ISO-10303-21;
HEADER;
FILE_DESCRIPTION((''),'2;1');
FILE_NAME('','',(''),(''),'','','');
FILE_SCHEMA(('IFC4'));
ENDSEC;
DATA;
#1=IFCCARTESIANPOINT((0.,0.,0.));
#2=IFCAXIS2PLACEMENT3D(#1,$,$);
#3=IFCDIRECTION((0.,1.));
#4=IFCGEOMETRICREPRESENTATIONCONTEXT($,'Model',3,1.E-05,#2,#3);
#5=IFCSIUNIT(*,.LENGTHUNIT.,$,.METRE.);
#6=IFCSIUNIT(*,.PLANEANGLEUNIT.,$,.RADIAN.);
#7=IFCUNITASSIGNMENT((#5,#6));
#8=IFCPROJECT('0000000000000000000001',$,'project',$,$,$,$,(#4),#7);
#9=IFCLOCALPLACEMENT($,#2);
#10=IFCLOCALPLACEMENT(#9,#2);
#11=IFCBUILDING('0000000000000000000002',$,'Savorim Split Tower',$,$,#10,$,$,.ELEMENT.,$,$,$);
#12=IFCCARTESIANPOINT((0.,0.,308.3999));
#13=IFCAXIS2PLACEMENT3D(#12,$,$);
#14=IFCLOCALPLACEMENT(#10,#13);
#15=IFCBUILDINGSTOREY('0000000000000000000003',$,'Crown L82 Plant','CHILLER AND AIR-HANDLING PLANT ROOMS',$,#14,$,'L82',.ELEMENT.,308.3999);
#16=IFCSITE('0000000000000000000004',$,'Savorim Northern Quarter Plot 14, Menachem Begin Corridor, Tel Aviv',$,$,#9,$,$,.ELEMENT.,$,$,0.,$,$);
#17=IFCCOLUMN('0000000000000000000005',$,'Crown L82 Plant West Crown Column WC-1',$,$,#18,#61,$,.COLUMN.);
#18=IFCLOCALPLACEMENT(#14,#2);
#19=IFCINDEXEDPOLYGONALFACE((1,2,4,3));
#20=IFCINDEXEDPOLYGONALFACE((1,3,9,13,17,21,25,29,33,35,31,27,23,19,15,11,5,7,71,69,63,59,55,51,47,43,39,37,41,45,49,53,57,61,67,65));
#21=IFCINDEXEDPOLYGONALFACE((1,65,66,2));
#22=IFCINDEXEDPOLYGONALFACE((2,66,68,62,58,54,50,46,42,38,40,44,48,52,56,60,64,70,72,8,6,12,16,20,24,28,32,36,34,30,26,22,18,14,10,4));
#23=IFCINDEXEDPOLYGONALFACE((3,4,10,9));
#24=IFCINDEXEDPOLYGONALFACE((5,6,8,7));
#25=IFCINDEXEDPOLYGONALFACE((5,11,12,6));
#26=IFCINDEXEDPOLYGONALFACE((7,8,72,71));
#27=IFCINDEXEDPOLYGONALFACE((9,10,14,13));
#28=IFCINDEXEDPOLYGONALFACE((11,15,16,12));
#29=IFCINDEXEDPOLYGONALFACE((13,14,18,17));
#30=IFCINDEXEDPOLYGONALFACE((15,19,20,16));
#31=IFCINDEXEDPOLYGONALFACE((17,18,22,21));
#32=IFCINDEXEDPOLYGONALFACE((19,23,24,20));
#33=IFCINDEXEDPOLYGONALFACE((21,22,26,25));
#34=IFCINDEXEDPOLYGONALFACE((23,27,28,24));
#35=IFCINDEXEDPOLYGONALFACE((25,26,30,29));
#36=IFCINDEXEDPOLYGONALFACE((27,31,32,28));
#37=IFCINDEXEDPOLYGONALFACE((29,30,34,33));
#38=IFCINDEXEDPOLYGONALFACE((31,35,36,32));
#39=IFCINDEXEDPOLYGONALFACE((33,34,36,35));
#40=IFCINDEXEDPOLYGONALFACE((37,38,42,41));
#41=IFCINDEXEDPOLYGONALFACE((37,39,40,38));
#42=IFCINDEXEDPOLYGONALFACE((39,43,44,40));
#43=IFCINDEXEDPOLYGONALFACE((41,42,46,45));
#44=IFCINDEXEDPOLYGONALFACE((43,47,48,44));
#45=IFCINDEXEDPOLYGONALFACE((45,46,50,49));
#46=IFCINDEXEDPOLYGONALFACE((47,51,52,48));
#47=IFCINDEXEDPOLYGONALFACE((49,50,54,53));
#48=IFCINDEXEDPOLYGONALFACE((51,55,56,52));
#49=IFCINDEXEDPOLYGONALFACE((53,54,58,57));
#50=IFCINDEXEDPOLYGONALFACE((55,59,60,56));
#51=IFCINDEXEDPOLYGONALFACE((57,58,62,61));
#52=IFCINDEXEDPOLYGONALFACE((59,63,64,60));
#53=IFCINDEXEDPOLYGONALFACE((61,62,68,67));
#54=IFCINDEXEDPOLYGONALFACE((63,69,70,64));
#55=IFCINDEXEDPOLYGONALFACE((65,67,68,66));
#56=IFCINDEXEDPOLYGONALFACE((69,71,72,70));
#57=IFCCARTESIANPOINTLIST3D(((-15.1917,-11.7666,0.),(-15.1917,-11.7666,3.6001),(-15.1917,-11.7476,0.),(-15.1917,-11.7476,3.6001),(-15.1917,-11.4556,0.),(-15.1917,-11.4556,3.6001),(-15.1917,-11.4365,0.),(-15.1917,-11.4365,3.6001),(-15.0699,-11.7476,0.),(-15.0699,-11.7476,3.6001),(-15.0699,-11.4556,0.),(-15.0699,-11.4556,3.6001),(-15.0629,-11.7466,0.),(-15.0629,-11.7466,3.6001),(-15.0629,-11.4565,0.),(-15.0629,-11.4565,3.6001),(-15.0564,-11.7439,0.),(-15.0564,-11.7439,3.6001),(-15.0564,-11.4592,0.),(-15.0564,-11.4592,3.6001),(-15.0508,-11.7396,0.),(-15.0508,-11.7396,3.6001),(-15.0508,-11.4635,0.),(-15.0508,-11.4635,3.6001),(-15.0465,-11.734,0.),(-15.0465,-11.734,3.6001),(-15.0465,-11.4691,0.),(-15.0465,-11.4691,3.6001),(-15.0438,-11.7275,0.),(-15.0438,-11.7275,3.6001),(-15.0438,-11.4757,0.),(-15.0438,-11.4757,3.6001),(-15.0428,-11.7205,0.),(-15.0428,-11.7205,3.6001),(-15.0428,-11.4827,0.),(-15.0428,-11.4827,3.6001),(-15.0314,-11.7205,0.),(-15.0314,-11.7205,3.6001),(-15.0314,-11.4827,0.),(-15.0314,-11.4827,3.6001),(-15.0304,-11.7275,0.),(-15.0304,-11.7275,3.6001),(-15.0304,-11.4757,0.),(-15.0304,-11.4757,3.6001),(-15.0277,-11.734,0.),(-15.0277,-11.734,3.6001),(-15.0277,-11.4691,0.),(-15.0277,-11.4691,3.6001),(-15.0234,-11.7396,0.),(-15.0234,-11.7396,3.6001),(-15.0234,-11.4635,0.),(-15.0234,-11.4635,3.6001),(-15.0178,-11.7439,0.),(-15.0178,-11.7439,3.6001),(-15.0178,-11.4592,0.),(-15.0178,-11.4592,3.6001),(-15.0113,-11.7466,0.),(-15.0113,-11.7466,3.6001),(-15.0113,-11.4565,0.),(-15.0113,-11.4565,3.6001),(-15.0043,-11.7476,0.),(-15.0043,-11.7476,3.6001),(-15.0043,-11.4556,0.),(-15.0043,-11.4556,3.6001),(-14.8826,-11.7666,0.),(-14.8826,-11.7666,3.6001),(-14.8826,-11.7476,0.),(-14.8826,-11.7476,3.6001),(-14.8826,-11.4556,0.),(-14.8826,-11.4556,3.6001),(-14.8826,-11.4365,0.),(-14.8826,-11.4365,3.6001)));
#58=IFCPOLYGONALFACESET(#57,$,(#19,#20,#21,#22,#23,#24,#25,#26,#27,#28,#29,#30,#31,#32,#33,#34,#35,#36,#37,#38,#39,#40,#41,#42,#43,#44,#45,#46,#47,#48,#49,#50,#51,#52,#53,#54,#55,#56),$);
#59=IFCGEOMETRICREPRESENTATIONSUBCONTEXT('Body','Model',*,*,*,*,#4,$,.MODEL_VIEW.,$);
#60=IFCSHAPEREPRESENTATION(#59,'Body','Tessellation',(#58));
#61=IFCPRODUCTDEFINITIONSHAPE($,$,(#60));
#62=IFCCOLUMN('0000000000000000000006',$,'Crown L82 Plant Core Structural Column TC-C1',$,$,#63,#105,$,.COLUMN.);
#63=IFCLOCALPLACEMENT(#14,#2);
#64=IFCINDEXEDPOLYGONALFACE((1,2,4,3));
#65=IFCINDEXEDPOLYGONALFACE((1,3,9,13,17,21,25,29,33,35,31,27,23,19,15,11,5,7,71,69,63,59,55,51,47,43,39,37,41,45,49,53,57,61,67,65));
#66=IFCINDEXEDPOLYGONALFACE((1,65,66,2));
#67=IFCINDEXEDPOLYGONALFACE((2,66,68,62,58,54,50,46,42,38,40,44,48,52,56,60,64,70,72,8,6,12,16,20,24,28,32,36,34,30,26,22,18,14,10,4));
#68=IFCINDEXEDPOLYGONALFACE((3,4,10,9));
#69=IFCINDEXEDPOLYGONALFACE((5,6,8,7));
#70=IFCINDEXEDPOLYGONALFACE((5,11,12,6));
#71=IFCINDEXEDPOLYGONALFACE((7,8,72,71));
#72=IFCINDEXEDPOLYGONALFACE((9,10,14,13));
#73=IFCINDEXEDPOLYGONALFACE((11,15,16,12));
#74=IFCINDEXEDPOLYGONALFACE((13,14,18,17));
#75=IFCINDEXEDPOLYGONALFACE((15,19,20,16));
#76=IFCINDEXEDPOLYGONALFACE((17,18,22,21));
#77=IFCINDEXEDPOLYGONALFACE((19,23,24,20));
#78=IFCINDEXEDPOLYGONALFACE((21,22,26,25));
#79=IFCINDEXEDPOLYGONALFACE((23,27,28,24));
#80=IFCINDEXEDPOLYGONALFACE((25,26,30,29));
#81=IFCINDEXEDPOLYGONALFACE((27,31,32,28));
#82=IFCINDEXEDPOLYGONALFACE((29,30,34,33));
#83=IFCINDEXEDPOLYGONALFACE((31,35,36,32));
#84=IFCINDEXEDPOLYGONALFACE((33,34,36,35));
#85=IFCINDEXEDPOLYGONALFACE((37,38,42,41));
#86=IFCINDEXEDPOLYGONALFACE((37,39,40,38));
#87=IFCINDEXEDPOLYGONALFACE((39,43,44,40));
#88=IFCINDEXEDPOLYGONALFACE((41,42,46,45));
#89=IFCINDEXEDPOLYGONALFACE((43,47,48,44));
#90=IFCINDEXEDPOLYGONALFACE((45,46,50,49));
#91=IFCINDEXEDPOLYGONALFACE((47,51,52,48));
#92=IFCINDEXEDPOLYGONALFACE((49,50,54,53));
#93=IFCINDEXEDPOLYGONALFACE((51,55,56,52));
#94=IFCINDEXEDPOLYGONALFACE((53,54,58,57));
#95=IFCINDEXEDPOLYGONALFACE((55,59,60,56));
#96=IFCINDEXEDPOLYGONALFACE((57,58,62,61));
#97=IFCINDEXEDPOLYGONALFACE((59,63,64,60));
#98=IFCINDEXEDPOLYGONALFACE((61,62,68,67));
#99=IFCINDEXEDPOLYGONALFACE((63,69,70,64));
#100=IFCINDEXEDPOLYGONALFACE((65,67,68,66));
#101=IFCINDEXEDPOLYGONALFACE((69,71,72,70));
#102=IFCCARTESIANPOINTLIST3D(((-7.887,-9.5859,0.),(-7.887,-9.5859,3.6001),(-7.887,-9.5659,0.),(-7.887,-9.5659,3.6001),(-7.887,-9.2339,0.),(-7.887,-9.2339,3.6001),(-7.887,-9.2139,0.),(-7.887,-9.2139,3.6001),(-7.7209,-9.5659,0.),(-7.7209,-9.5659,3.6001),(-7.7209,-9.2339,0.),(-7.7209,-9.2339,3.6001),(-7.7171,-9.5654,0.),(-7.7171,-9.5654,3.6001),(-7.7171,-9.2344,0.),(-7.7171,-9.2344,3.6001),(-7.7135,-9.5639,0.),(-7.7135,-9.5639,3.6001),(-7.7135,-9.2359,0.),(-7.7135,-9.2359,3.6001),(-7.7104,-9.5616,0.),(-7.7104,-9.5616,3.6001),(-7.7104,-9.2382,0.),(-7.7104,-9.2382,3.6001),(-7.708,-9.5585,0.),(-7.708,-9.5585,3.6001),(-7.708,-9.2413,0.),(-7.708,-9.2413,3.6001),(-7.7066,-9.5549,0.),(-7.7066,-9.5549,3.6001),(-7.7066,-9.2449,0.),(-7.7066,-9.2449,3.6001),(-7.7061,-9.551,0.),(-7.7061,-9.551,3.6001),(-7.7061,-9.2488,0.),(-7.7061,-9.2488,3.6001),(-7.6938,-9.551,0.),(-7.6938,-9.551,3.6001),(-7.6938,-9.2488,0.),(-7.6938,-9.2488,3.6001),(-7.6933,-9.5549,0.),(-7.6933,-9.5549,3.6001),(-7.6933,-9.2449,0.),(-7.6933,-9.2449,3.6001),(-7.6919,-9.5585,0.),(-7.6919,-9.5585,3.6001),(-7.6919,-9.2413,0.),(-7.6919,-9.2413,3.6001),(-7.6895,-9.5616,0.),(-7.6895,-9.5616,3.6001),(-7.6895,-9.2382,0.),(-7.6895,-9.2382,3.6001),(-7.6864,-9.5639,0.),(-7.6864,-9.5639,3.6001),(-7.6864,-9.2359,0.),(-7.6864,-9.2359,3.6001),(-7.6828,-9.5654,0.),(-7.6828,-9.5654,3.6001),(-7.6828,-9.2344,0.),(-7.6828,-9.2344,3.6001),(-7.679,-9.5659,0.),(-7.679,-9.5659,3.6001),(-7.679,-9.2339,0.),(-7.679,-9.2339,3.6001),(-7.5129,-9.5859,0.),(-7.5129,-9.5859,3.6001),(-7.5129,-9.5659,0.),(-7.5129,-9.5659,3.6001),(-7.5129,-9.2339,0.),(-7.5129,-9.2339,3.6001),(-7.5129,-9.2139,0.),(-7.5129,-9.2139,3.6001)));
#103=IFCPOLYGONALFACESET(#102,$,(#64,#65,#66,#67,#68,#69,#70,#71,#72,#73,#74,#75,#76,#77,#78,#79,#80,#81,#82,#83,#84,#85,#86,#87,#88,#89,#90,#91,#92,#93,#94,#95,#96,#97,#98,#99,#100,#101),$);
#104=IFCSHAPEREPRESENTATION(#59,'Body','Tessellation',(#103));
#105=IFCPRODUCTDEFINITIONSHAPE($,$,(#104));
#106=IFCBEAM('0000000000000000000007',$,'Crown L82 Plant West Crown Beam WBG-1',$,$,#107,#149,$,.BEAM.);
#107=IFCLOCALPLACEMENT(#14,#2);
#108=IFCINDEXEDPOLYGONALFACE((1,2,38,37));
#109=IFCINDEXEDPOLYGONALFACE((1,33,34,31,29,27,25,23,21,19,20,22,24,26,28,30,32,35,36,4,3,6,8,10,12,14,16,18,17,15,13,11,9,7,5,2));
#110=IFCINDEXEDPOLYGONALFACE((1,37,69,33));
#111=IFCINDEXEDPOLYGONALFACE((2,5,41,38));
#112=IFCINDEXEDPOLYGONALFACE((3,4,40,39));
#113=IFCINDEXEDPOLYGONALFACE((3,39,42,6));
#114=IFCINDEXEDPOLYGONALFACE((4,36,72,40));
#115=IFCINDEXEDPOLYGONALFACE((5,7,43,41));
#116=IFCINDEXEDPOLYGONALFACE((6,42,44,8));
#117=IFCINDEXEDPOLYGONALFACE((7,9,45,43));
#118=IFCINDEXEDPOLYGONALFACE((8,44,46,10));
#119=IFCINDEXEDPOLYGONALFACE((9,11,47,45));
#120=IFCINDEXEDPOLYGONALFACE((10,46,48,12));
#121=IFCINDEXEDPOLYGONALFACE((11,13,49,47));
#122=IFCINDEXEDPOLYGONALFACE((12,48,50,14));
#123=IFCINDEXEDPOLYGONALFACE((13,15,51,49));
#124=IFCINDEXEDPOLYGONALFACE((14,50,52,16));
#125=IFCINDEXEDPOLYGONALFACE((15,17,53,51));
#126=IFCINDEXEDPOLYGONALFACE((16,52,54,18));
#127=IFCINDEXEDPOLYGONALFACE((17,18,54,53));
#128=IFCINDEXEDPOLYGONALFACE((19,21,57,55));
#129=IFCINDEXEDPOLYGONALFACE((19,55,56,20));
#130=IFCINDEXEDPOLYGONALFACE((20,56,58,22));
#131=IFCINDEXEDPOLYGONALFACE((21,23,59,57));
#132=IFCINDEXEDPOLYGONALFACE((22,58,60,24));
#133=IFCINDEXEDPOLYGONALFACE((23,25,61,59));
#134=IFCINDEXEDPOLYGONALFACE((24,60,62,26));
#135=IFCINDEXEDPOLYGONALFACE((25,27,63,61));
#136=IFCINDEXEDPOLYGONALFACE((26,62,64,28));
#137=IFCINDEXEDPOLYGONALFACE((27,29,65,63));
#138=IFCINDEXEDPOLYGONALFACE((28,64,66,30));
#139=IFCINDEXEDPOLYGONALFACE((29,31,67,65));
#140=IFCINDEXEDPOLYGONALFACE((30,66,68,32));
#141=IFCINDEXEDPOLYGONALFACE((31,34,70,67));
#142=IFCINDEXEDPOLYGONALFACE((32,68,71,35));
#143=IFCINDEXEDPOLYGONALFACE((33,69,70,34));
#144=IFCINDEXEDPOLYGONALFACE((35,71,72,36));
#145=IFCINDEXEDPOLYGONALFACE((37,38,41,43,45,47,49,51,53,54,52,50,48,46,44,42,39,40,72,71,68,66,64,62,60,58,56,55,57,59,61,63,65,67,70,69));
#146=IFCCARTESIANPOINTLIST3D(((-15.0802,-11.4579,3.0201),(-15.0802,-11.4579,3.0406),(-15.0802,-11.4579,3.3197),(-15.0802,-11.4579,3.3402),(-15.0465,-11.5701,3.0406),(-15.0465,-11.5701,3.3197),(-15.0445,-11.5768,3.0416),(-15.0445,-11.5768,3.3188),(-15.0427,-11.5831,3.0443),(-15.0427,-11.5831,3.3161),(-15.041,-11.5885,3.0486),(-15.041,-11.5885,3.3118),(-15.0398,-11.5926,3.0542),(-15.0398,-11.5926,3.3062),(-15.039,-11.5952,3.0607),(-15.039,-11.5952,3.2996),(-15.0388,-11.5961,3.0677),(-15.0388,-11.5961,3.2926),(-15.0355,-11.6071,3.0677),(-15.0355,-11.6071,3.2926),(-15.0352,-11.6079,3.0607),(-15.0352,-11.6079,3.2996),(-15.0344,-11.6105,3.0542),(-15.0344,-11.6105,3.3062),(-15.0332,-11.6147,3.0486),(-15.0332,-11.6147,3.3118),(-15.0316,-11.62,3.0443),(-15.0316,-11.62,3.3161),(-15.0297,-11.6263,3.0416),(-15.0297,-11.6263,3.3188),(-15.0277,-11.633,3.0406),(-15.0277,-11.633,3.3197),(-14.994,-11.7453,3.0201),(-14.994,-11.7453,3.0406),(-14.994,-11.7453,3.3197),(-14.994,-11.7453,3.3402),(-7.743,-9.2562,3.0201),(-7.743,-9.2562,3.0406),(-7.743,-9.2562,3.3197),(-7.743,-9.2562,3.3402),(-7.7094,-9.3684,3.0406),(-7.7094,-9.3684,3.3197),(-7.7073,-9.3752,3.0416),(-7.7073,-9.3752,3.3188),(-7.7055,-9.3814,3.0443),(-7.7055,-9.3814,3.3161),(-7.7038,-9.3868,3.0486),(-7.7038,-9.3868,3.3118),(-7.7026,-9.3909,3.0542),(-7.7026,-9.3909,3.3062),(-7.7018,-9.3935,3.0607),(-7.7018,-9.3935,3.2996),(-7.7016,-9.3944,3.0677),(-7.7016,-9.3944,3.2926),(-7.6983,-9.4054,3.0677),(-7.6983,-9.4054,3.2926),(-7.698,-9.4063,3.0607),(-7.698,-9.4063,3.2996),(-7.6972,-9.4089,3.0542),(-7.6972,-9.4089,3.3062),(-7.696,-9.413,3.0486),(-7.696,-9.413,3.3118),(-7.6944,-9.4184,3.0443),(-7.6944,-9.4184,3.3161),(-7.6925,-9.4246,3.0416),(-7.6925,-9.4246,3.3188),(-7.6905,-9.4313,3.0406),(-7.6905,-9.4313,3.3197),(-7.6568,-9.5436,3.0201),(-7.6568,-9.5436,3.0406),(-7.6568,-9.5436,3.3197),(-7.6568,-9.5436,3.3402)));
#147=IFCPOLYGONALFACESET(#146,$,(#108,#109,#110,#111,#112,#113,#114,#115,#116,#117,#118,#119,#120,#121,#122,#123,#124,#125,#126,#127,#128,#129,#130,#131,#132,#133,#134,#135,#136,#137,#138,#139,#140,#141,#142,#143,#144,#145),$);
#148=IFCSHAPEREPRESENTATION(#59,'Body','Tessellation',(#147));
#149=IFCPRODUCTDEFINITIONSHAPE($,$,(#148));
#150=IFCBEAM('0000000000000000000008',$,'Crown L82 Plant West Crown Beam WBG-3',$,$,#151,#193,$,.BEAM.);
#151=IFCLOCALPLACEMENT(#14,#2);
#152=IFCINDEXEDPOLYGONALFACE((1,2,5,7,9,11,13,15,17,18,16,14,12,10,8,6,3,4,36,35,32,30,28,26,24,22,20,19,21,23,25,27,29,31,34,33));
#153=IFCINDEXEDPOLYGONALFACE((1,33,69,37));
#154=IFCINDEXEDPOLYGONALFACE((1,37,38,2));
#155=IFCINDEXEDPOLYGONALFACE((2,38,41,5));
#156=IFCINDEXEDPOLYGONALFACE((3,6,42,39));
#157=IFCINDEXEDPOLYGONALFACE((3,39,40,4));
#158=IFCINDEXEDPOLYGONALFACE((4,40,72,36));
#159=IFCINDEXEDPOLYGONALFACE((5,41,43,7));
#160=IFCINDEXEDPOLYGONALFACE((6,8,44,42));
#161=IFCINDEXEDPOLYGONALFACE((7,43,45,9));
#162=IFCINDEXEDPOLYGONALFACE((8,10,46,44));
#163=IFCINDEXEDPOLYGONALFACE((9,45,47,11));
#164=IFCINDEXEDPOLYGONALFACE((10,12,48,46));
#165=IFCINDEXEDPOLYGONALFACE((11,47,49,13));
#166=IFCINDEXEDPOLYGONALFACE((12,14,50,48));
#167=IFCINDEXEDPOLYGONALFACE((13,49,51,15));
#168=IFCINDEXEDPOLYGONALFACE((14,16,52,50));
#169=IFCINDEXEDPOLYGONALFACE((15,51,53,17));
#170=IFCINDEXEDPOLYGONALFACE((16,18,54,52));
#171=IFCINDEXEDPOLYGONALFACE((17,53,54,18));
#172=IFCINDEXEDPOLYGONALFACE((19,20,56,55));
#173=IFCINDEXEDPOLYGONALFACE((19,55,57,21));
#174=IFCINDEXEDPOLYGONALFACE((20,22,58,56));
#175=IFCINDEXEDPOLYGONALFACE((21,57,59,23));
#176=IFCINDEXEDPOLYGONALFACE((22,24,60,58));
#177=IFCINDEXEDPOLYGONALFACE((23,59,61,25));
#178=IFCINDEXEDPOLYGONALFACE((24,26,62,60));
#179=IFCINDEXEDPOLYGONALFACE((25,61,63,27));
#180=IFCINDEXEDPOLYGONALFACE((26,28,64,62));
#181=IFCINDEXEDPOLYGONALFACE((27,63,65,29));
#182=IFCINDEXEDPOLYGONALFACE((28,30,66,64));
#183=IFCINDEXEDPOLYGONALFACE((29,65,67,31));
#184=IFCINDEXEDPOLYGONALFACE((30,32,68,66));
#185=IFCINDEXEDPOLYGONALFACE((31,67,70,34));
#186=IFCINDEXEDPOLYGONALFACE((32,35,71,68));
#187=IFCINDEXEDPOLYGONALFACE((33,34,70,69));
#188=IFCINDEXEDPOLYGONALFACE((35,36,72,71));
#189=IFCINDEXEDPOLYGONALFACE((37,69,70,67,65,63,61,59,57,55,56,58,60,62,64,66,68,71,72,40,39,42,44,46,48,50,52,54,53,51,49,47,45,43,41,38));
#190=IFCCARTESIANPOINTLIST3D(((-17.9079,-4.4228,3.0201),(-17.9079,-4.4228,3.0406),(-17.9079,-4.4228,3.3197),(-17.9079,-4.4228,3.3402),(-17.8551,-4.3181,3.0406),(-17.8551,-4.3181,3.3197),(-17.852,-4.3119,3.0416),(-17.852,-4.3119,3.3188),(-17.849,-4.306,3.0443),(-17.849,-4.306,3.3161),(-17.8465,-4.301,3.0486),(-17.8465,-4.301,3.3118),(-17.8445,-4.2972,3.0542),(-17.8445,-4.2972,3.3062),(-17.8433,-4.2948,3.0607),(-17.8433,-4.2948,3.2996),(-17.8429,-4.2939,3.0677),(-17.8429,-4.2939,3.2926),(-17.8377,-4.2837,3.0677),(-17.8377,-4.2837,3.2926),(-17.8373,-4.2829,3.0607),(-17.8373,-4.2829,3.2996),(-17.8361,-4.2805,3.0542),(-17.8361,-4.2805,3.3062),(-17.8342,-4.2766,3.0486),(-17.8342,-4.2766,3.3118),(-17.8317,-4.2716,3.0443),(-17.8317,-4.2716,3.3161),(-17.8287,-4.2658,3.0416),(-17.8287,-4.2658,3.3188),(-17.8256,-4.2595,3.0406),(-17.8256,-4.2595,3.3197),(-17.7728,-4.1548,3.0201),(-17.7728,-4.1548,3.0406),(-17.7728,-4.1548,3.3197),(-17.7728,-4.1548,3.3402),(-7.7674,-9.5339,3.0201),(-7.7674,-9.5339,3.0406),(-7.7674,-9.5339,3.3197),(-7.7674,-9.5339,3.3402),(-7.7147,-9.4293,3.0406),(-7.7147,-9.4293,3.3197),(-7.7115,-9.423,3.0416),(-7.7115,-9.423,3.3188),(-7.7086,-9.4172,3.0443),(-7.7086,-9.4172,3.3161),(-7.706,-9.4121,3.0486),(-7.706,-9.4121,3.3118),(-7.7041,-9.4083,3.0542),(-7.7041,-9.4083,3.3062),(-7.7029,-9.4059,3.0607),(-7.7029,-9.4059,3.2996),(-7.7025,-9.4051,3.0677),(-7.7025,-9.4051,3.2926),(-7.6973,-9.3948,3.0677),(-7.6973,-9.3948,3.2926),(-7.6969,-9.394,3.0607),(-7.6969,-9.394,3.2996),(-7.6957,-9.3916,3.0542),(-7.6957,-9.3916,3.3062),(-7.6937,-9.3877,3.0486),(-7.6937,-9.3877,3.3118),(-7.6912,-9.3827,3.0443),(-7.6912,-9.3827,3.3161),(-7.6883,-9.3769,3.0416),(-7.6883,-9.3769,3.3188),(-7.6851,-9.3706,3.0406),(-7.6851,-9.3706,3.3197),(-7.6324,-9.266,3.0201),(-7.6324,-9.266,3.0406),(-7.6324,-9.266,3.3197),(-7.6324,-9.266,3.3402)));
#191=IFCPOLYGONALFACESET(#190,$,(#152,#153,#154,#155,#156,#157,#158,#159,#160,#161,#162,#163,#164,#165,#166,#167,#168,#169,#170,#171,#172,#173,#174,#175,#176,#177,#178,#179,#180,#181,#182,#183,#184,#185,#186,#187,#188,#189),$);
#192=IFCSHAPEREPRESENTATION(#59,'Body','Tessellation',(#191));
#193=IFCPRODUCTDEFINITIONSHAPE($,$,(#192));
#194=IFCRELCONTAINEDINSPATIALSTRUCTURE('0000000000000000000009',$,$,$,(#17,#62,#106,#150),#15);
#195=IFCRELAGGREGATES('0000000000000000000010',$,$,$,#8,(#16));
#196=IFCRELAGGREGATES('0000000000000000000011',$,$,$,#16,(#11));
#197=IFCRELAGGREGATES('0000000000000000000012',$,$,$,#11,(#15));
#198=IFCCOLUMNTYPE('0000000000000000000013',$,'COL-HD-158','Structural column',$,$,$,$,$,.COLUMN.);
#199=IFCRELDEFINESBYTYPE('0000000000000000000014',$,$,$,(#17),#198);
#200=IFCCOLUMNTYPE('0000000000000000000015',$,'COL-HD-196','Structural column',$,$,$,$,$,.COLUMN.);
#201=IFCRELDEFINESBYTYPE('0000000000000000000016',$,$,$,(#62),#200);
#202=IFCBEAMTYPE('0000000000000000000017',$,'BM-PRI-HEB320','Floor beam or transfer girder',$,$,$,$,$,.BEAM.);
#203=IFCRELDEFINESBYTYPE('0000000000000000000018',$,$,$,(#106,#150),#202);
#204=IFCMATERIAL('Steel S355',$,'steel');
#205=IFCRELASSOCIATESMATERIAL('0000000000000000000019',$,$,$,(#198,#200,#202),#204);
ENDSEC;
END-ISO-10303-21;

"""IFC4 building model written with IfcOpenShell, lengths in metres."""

from ifc_helpers import new_model, si_unit, direction, frame, origin, origin_2d, place, context, subcontext, project, spatial, i_section, extrude, material, material_profile, profile_set, type_object, element, save


model = new_model("IFC4")

# Units and contexts
model_context = context("Model", 3, precision=1e-05, world=origin(), true_north=direction((0.0, 1.0)))
body_context = subcontext(model_context, "Body", "Model", "MODEL_VIEW")
ifc_project = project(units=[si_unit("LENGTHUNIT", "METRE"), si_unit("PLANEANGLEUNIT", "RADIAN")], contexts=[model_context])

# Site, building, storey
site_placement = place(None, origin())
site = spatial("IfcSite", under=ifc_project, at=site_placement, Name="Savorim Northern Quarter Plot 14, Menachem Begin Corridor, Tel Aviv", CompositionType="ELEMENT", RefElevation=0.0)
building_placement = place(site_placement, origin())
building = spatial("IfcBuilding", under=site, at=building_placement, Name="Savorim Split Tower", CompositionType="ELEMENT")
storey_placement = place(building_placement, frame((0.0, 0.0, 308.3999)))
storey = spatial("IfcBuildingStorey", under=building, at=storey_placement, Name="Crown L82 Plant", Description="CHILLER AND AIR-HANDLING PLANT ROOMS", LongName="L82", CompositionType="ELEMENT", Elevation=308.3999)

# Columns
ifc_material_1 = material(Name="Steel S355", Category="steel")
ifc_material_profile_1 = material_profile(ifc_material_1, i_section(OverallWidth=0.3091, OverallDepth=0.3301, WebThickness=0.0115, FlangeThickness=0.019, FilletRadius=0.0271, at=origin_2d()), Name="HD 320x158")
ifc_profile_set_1 = profile_set([ifc_material_profile_1], Name="Steel S355")
column_type_1 = type_object("IfcColumnType", Name="COL-HD-158", Description="Structural column", PredefinedType="COLUMN", material=ifc_profile_set_1)
column_1_placement = place(storey_placement, frame((-15.0371, -11.6016, 0.0), z_axis=(0.0, 0.0, 1.0), x_axis=(1.0, 0.0, 0.0)))
element("IfcColumn", 1, at=column_1_placement, inside=storey, type_object=column_type_1, Name="Crown L82 Plant West Crown Column WC-1", PredefinedType="COLUMN", context=body_context, shape_type="SweptSolid", body=[
    extrude(i_section(OverallWidth=0.3091, OverallDepth=0.3301, WebThickness=0.0115, FlangeThickness=0.019, FilletRadius=0.0271, at=origin_2d()), origin(), (0.0, 0.0, 1.0), 3.6001),
])
ifc_material_profile_2 = material_profile(ifc_material_1, i_section(OverallWidth=0.374, OverallDepth=0.3721, WebThickness=0.0122, FlangeThickness=0.02, FilletRadius=0.0149, at=origin_2d()), Name="HD 360x196")
ifc_profile_set_2 = profile_set([ifc_material_profile_2], Name="Steel S355")
column_type_2 = type_object("IfcColumnType", Name="COL-HD-196", Description="Structural column", PredefinedType="COLUMN", material=ifc_profile_set_2)
column_2_placement = place(storey_placement, frame((-7.7, -9.3999, 0.0), z_axis=(0.0, 0.0, 1.0), x_axis=(1.0, 0.0, 0.0)))
element("IfcColumn", 2, at=column_2_placement, inside=storey, type_object=column_type_2, Name="Crown L82 Plant Core Structural Column TC-C1", PredefinedType="COLUMN", context=body_context, shape_type="SweptSolid", body=[
    extrude(i_section(OverallWidth=0.374, OverallDepth=0.3721, WebThickness=0.0122, FlangeThickness=0.02, FilletRadius=0.0149, at=origin_2d()), origin(), (0.0, 0.0, 1.0), 3.6001),
])

# Beams
ifc_material_profile_3 = material_profile(ifc_material_1, i_section(OverallWidth=0.3, OverallDepth=0.3201, WebThickness=0.0115, FlangeThickness=0.0205, FilletRadius=0.0271, at=origin_2d()), Name="HEB 320")
ifc_profile_set_3 = profile_set([ifc_material_profile_3], Name="Steel S355")
beam_type = type_object("IfcBeamType", Name="BM-PRI-HEB320", Description="Floor beam or transfer girder", PredefinedType="BEAM", material=ifc_profile_set_3)
beam_1_placement = place(storey_placement, frame((-15.0371, -11.6016, 3.1802), z_axis=(0.957808, 0.287409, 0.0), x_axis=(-0.287409, 0.957808, 0.0)))
element("IfcBeam", 3, at=beam_1_placement, inside=storey, type_object=beam_type, Name="Crown L82 Plant West Crown Beam WBG-1", PredefinedType="BEAM", context=body_context, shape_type="SweptSolid", body=[
    extrude(i_section(OverallWidth=0.3, OverallDepth=0.3201, WebThickness=0.0115, FlangeThickness=0.0205, FilletRadius=0.0271, at=origin_2d()), origin(), (0.0, 0.0, 1.0), 7.6604),
])
beam_2_placement = place(storey_placement, frame((-17.8403, -4.2888, 3.1802), z_axis=(0.892982, -0.450092, 0.0), x_axis=(0.450092, 0.892982, 0.0)))
element("IfcBeam", 4, at=beam_2_placement, inside=storey, type_object=beam_type, Name="Crown L82 Plant West Crown Beam WBG-3", PredefinedType="BEAM", context=body_context, shape_type="SweptSolid", body=[
    extrude(i_section(OverallWidth=0.3, OverallDepth=0.3201, WebThickness=0.0115, FlangeThickness=0.0205, FilletRadius=0.0271, at=origin_2d()), origin(), (0.0, 0.0, 1.0), 11.3557),
])

save(model, "model.ifc")
